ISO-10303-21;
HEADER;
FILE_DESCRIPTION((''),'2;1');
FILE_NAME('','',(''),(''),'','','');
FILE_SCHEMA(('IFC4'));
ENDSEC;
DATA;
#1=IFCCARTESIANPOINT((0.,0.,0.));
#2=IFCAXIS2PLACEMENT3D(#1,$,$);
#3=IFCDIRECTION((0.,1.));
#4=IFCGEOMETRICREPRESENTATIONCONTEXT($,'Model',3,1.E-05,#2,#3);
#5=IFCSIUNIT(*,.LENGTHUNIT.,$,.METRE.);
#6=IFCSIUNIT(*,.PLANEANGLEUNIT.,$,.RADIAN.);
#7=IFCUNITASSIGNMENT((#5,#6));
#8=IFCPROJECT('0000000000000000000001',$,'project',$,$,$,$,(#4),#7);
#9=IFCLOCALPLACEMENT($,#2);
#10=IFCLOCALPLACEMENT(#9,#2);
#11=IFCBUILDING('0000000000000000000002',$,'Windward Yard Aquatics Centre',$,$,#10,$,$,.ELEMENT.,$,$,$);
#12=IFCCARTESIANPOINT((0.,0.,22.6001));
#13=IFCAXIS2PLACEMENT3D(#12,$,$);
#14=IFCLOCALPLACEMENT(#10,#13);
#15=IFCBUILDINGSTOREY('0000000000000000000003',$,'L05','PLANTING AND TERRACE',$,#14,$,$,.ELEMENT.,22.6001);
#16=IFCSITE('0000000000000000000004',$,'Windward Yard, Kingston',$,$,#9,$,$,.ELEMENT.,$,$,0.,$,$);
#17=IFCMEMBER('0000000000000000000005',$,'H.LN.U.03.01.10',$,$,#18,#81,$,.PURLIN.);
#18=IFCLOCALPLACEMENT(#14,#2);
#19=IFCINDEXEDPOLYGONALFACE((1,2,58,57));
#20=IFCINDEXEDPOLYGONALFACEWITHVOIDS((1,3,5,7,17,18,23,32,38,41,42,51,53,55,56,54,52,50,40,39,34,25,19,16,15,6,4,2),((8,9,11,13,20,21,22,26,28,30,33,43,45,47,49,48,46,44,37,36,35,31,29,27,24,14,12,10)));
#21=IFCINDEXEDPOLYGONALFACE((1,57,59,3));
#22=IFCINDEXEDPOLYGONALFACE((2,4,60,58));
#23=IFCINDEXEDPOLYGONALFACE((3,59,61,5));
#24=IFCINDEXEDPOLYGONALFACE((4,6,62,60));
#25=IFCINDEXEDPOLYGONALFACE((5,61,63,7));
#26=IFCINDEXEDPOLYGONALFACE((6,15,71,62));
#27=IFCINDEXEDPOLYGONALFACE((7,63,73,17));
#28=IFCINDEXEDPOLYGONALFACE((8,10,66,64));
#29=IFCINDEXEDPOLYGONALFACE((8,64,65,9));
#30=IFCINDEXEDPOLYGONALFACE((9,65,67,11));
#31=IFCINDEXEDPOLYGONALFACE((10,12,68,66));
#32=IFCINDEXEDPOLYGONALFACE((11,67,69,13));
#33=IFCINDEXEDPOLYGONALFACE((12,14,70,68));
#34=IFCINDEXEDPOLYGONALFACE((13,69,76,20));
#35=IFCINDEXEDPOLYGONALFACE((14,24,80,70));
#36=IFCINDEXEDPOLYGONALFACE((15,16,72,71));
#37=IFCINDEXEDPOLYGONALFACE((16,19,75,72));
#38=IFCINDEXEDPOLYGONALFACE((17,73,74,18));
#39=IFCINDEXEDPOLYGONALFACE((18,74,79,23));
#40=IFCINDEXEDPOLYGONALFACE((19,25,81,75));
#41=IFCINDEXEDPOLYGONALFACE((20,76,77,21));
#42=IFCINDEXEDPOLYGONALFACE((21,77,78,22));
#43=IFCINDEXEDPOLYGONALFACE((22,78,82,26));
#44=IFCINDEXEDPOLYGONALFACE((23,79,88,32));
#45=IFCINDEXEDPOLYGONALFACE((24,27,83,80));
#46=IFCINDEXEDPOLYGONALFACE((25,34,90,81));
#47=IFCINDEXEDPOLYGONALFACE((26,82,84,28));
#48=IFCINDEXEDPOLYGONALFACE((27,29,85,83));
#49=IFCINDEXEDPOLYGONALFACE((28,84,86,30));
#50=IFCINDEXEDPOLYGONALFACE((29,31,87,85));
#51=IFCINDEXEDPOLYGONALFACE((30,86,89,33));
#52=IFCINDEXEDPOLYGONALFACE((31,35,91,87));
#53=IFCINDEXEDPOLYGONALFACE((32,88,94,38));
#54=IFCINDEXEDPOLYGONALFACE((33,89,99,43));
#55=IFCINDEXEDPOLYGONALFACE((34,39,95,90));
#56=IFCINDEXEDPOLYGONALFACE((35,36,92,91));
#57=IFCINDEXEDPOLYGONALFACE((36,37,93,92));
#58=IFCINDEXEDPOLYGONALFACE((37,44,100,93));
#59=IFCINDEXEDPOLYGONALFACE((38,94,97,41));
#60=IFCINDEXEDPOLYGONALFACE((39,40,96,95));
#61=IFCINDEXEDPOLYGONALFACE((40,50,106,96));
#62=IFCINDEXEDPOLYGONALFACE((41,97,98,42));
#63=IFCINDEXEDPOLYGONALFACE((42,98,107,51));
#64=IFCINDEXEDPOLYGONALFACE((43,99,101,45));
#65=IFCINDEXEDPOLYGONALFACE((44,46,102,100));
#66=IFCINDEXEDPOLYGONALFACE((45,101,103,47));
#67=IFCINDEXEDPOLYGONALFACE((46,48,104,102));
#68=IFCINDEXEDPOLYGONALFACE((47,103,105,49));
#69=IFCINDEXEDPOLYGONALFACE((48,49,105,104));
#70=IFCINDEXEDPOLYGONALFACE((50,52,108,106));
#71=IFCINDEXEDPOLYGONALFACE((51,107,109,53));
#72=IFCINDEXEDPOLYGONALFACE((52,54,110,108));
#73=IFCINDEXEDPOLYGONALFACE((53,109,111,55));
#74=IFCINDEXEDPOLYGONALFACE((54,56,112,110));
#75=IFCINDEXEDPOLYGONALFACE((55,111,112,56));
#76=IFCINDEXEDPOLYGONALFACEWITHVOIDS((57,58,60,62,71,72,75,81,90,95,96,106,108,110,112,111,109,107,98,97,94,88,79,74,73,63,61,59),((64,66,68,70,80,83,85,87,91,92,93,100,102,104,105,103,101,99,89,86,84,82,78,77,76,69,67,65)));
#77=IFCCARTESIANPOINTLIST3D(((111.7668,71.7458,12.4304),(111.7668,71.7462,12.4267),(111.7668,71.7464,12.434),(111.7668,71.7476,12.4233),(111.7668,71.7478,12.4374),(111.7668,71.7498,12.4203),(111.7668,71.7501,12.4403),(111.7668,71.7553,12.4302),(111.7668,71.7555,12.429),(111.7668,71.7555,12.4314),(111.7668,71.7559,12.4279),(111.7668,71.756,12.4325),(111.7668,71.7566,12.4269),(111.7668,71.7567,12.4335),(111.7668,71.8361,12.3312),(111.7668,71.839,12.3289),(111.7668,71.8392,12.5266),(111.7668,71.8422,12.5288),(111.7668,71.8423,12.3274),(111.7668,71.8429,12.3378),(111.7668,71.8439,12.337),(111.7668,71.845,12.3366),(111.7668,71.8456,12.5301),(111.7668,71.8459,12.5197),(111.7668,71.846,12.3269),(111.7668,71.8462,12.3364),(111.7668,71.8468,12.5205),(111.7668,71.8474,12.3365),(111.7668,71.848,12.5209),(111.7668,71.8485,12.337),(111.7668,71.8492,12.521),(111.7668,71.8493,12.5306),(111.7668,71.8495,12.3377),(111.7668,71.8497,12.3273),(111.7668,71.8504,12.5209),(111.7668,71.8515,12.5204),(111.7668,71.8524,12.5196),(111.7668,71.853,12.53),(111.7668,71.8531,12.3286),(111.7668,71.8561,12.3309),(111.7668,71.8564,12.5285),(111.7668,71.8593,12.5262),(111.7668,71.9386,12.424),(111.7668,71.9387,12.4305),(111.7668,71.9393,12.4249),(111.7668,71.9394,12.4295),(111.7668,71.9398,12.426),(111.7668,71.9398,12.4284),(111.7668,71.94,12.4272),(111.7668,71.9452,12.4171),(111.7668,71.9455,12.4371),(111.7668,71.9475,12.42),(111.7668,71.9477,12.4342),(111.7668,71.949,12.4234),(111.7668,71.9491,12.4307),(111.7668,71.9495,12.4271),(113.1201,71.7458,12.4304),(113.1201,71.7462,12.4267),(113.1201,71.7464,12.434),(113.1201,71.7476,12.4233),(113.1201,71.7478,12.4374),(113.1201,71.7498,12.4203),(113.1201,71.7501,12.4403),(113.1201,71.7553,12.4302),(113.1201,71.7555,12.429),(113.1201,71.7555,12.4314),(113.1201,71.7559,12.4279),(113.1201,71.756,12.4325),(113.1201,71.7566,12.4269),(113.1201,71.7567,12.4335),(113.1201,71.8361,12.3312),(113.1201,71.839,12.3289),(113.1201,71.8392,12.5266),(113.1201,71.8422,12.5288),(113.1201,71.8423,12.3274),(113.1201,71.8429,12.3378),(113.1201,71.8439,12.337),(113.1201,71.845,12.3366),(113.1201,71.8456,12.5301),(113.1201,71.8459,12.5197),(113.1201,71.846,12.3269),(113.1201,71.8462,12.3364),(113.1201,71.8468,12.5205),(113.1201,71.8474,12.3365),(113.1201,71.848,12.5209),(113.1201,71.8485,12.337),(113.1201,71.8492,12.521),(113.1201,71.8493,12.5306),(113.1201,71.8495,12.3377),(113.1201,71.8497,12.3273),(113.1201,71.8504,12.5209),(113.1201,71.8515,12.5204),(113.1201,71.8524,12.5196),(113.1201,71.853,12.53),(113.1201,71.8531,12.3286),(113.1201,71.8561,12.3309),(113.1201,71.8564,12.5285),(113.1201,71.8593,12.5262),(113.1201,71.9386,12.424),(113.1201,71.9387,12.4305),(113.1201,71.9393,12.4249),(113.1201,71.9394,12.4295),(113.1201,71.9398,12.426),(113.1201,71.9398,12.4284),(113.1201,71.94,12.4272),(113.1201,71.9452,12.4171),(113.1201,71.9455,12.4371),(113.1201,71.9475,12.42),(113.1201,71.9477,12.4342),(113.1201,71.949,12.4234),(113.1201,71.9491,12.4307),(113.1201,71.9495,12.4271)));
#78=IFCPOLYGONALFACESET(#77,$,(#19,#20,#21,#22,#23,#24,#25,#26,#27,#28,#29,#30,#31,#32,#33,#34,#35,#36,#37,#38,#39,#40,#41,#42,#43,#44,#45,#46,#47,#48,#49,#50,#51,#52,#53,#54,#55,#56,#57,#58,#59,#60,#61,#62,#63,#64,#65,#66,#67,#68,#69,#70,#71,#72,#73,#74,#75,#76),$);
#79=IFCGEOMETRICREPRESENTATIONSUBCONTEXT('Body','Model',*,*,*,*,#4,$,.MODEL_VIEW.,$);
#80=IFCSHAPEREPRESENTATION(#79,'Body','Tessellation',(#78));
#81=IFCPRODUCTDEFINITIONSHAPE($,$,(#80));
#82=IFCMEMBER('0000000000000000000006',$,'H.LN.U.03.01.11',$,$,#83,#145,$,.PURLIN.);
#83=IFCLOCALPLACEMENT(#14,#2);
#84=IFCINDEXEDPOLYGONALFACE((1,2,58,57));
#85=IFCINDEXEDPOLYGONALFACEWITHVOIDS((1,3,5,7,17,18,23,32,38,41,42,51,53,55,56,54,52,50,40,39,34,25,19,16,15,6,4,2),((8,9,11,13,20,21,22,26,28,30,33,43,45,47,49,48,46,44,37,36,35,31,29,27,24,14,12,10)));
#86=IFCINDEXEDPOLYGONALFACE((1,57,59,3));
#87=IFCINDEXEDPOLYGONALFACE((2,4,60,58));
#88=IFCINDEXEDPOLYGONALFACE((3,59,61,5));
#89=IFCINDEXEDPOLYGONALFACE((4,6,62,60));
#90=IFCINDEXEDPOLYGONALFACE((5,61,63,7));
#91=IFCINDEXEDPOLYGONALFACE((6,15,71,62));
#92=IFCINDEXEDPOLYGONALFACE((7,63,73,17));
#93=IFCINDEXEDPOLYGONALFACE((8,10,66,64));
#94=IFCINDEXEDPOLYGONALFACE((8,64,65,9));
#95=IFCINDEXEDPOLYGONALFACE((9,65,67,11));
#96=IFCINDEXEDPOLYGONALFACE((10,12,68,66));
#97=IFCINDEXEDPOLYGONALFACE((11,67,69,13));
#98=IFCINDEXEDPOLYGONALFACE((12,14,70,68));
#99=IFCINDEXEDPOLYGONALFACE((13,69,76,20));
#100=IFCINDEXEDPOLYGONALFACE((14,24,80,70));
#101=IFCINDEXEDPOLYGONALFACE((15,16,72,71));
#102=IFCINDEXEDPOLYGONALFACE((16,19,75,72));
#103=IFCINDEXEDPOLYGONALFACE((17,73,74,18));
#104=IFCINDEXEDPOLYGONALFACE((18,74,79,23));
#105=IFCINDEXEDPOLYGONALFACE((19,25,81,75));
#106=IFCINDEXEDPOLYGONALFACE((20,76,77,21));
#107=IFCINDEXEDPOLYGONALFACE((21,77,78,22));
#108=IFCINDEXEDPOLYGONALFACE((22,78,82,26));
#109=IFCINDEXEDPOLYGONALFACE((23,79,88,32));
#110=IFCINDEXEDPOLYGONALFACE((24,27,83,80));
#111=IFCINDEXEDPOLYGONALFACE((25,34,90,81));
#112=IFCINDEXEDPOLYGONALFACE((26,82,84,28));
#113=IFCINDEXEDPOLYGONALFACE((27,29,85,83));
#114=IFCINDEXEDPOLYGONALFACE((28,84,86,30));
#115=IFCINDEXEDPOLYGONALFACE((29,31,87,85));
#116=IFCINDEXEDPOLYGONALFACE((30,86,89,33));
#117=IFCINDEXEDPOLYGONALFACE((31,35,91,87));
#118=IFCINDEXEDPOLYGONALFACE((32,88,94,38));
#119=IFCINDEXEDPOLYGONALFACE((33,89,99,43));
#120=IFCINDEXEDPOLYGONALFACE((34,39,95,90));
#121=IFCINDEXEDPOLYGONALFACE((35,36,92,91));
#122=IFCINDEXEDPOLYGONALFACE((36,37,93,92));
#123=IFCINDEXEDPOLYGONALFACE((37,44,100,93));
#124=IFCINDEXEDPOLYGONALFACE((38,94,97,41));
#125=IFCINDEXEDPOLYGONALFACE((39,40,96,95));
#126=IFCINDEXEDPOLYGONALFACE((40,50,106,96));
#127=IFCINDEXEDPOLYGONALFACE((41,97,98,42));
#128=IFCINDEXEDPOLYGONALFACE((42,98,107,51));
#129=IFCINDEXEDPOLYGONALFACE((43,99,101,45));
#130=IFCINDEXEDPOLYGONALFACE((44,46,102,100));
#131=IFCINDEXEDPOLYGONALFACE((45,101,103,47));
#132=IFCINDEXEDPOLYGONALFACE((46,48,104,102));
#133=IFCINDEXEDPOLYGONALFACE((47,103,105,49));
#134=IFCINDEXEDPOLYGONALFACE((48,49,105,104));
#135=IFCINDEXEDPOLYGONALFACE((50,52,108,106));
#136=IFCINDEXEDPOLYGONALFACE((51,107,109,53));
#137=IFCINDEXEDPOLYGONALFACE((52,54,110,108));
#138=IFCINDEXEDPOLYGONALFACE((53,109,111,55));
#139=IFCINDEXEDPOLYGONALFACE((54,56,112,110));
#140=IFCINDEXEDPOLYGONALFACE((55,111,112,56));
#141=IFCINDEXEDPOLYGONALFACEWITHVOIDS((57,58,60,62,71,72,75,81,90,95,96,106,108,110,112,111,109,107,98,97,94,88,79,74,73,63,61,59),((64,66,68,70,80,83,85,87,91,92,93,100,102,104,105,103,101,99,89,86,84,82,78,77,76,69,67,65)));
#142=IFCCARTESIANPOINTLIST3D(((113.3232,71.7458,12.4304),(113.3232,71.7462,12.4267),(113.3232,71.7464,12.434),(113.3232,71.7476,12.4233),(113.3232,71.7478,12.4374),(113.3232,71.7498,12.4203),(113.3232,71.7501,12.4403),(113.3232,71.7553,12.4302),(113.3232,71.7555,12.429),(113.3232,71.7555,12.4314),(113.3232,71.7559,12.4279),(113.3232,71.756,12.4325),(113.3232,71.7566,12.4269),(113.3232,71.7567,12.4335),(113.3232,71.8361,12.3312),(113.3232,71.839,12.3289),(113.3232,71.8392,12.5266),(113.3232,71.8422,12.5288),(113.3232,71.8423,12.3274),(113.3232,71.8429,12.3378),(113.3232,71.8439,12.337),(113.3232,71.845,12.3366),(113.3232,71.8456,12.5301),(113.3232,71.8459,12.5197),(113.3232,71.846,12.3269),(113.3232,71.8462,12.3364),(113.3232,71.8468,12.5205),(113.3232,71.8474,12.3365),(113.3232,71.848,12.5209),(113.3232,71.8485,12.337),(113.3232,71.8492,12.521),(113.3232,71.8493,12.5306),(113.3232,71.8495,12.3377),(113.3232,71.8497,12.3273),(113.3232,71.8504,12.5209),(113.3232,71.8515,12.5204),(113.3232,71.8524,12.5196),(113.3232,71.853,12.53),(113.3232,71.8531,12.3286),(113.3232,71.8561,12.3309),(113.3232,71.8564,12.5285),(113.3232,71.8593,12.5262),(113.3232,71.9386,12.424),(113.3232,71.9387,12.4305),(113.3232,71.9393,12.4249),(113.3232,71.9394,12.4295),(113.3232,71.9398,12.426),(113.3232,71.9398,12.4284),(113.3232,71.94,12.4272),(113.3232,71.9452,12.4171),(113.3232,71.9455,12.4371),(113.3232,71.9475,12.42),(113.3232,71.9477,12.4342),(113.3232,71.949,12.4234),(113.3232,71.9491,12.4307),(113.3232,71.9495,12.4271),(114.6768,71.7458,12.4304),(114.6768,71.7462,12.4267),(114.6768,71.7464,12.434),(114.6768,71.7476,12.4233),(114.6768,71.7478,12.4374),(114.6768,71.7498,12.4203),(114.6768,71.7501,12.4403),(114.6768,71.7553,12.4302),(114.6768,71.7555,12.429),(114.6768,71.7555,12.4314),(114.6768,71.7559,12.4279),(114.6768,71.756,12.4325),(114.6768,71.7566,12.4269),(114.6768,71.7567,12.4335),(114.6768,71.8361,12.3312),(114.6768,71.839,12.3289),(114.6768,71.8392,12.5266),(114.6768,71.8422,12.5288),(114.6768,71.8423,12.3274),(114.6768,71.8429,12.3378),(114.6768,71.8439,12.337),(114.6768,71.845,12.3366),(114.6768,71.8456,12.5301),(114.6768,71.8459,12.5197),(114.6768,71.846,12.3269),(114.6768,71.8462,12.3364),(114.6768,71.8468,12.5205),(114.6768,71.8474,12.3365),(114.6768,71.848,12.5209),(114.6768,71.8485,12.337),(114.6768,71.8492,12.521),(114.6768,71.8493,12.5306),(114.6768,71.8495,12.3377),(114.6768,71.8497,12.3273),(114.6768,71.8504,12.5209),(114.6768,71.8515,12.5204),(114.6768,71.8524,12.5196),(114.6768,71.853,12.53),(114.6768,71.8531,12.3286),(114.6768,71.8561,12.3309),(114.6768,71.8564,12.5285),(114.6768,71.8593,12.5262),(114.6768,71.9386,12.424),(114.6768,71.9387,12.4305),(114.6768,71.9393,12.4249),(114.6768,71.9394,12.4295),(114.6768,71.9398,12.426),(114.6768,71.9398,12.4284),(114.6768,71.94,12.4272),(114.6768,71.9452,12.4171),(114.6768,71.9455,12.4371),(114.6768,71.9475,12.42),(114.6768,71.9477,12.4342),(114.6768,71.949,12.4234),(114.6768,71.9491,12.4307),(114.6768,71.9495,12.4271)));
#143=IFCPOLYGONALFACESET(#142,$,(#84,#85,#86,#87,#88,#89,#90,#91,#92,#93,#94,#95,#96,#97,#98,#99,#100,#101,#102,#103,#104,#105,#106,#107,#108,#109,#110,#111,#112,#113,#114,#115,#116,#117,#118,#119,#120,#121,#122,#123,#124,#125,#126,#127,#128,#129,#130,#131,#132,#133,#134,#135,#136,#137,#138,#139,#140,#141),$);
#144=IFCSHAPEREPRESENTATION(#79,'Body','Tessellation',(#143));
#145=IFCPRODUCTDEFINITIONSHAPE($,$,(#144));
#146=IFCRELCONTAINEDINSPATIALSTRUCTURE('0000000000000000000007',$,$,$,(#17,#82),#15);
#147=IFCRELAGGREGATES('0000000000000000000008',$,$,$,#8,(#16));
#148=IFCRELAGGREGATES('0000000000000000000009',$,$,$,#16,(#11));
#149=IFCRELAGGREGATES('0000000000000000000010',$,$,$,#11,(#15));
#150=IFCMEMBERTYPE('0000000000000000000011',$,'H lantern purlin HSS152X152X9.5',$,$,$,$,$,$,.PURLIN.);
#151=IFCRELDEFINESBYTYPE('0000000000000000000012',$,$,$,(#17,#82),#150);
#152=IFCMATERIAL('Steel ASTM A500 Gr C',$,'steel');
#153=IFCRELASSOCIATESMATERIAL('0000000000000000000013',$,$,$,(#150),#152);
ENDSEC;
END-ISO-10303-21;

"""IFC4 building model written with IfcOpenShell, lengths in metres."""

from ifc_helpers import new_model, si_unit, direction, frame, origin, origin_2d, place, context, subcontext, project, spatial, hollow_rectangle, extrude, material, material_profile, profile_set, type_object, element, save


model = new_model("IFC4")

# Units and contexts
model_context = context("Model", 3, precision=1e-05, world=origin(), true_north=direction((0.0, 1.0)))
body_context = subcontext(model_context, "Body", "Model", "MODEL_VIEW")
ifc_project = project(units=[si_unit("LENGTHUNIT", "METRE"), si_unit("PLANEANGLEUNIT", "RADIAN")], contexts=[model_context])

# Site, building, storey
site_placement = place(None, origin())
site = spatial("IfcSite", under=ifc_project, at=site_placement, Name="Windward Yard, Kingston", CompositionType="ELEMENT", RefElevation=0.0)
building_placement = place(site_placement, origin())
building = spatial("IfcBuilding", under=site, at=building_placement, Name="Windward Yard Aquatics Centre", CompositionType="ELEMENT")
storey_placement = place(building_placement, frame((0.0, 0.0, 22.6001)))
storey = spatial("IfcBuildingStorey", under=building, at=storey_placement, Name="L05", Description="PLANTING AND TERRACE", CompositionType="ELEMENT", Elevation=22.6001)

# Members
ifc_material_1 = material(Name="Steel ASTM A500 Gr C", Category="steel")
ifc_material_profile_1 = material_profile(ifc_material_1, hollow_rectangle(XDim=0.1523, YDim=0.1523, WallThickness=0.0095, InnerFilletRadius=0.0046, OuterFilletRadius=0.0142, at=origin_2d()), Name="HSS152X152X9.5")
ifc_profile_set_1 = profile_set([ifc_material_profile_1], Name="Steel ASTM A500 Gr C")
member_type_1 = type_object("IfcMemberType", Name="H lantern purlin HSS152X152X9.5", PredefinedType="PURLIN", material=ifc_profile_set_1)
member_1_placement = place(storey_placement, frame((111.7668, 71.8477, 12.4287), z_axis=(1.0, 0.0, 0.0), x_axis=(0.0, 0.69555, -0.718477)))
element("IfcMember", 1, at=member_1_placement, inside=storey, type_object=member_type_1, Name="H.LN.U.03.01.10", PredefinedType="PURLIN", context=body_context, shape_type="SweptSolid", body=[
    extrude(hollow_rectangle(XDim=0.1523, YDim=0.1523, WallThickness=0.0095, InnerFilletRadius=0.0046, OuterFilletRadius=0.0142, at=origin_2d()), origin(), (0.0, 0.0, 1.0), 1.3533),
])
member_2_placement = place(storey_placement, frame((113.3232, 71.8477, 12.4287), z_axis=(1.0, 0.0, 0.0), x_axis=(0.0, 0.69555, -0.718477)))
element("IfcMember", 2, at=member_2_placement, inside=storey, type_object=member_type_1, Name="H.LN.U.03.01.11", PredefinedType="PURLIN", context=body_context, shape_type="SweptSolid", body=[
    extrude(hollow_rectangle(XDim=0.1523, YDim=0.1523, WallThickness=0.0095, InnerFilletRadius=0.0046, OuterFilletRadius=0.0142, at=origin_2d()), origin(), (0.0, 0.0, 1.0), 1.3535),
])

save(model, "model.ifc")
